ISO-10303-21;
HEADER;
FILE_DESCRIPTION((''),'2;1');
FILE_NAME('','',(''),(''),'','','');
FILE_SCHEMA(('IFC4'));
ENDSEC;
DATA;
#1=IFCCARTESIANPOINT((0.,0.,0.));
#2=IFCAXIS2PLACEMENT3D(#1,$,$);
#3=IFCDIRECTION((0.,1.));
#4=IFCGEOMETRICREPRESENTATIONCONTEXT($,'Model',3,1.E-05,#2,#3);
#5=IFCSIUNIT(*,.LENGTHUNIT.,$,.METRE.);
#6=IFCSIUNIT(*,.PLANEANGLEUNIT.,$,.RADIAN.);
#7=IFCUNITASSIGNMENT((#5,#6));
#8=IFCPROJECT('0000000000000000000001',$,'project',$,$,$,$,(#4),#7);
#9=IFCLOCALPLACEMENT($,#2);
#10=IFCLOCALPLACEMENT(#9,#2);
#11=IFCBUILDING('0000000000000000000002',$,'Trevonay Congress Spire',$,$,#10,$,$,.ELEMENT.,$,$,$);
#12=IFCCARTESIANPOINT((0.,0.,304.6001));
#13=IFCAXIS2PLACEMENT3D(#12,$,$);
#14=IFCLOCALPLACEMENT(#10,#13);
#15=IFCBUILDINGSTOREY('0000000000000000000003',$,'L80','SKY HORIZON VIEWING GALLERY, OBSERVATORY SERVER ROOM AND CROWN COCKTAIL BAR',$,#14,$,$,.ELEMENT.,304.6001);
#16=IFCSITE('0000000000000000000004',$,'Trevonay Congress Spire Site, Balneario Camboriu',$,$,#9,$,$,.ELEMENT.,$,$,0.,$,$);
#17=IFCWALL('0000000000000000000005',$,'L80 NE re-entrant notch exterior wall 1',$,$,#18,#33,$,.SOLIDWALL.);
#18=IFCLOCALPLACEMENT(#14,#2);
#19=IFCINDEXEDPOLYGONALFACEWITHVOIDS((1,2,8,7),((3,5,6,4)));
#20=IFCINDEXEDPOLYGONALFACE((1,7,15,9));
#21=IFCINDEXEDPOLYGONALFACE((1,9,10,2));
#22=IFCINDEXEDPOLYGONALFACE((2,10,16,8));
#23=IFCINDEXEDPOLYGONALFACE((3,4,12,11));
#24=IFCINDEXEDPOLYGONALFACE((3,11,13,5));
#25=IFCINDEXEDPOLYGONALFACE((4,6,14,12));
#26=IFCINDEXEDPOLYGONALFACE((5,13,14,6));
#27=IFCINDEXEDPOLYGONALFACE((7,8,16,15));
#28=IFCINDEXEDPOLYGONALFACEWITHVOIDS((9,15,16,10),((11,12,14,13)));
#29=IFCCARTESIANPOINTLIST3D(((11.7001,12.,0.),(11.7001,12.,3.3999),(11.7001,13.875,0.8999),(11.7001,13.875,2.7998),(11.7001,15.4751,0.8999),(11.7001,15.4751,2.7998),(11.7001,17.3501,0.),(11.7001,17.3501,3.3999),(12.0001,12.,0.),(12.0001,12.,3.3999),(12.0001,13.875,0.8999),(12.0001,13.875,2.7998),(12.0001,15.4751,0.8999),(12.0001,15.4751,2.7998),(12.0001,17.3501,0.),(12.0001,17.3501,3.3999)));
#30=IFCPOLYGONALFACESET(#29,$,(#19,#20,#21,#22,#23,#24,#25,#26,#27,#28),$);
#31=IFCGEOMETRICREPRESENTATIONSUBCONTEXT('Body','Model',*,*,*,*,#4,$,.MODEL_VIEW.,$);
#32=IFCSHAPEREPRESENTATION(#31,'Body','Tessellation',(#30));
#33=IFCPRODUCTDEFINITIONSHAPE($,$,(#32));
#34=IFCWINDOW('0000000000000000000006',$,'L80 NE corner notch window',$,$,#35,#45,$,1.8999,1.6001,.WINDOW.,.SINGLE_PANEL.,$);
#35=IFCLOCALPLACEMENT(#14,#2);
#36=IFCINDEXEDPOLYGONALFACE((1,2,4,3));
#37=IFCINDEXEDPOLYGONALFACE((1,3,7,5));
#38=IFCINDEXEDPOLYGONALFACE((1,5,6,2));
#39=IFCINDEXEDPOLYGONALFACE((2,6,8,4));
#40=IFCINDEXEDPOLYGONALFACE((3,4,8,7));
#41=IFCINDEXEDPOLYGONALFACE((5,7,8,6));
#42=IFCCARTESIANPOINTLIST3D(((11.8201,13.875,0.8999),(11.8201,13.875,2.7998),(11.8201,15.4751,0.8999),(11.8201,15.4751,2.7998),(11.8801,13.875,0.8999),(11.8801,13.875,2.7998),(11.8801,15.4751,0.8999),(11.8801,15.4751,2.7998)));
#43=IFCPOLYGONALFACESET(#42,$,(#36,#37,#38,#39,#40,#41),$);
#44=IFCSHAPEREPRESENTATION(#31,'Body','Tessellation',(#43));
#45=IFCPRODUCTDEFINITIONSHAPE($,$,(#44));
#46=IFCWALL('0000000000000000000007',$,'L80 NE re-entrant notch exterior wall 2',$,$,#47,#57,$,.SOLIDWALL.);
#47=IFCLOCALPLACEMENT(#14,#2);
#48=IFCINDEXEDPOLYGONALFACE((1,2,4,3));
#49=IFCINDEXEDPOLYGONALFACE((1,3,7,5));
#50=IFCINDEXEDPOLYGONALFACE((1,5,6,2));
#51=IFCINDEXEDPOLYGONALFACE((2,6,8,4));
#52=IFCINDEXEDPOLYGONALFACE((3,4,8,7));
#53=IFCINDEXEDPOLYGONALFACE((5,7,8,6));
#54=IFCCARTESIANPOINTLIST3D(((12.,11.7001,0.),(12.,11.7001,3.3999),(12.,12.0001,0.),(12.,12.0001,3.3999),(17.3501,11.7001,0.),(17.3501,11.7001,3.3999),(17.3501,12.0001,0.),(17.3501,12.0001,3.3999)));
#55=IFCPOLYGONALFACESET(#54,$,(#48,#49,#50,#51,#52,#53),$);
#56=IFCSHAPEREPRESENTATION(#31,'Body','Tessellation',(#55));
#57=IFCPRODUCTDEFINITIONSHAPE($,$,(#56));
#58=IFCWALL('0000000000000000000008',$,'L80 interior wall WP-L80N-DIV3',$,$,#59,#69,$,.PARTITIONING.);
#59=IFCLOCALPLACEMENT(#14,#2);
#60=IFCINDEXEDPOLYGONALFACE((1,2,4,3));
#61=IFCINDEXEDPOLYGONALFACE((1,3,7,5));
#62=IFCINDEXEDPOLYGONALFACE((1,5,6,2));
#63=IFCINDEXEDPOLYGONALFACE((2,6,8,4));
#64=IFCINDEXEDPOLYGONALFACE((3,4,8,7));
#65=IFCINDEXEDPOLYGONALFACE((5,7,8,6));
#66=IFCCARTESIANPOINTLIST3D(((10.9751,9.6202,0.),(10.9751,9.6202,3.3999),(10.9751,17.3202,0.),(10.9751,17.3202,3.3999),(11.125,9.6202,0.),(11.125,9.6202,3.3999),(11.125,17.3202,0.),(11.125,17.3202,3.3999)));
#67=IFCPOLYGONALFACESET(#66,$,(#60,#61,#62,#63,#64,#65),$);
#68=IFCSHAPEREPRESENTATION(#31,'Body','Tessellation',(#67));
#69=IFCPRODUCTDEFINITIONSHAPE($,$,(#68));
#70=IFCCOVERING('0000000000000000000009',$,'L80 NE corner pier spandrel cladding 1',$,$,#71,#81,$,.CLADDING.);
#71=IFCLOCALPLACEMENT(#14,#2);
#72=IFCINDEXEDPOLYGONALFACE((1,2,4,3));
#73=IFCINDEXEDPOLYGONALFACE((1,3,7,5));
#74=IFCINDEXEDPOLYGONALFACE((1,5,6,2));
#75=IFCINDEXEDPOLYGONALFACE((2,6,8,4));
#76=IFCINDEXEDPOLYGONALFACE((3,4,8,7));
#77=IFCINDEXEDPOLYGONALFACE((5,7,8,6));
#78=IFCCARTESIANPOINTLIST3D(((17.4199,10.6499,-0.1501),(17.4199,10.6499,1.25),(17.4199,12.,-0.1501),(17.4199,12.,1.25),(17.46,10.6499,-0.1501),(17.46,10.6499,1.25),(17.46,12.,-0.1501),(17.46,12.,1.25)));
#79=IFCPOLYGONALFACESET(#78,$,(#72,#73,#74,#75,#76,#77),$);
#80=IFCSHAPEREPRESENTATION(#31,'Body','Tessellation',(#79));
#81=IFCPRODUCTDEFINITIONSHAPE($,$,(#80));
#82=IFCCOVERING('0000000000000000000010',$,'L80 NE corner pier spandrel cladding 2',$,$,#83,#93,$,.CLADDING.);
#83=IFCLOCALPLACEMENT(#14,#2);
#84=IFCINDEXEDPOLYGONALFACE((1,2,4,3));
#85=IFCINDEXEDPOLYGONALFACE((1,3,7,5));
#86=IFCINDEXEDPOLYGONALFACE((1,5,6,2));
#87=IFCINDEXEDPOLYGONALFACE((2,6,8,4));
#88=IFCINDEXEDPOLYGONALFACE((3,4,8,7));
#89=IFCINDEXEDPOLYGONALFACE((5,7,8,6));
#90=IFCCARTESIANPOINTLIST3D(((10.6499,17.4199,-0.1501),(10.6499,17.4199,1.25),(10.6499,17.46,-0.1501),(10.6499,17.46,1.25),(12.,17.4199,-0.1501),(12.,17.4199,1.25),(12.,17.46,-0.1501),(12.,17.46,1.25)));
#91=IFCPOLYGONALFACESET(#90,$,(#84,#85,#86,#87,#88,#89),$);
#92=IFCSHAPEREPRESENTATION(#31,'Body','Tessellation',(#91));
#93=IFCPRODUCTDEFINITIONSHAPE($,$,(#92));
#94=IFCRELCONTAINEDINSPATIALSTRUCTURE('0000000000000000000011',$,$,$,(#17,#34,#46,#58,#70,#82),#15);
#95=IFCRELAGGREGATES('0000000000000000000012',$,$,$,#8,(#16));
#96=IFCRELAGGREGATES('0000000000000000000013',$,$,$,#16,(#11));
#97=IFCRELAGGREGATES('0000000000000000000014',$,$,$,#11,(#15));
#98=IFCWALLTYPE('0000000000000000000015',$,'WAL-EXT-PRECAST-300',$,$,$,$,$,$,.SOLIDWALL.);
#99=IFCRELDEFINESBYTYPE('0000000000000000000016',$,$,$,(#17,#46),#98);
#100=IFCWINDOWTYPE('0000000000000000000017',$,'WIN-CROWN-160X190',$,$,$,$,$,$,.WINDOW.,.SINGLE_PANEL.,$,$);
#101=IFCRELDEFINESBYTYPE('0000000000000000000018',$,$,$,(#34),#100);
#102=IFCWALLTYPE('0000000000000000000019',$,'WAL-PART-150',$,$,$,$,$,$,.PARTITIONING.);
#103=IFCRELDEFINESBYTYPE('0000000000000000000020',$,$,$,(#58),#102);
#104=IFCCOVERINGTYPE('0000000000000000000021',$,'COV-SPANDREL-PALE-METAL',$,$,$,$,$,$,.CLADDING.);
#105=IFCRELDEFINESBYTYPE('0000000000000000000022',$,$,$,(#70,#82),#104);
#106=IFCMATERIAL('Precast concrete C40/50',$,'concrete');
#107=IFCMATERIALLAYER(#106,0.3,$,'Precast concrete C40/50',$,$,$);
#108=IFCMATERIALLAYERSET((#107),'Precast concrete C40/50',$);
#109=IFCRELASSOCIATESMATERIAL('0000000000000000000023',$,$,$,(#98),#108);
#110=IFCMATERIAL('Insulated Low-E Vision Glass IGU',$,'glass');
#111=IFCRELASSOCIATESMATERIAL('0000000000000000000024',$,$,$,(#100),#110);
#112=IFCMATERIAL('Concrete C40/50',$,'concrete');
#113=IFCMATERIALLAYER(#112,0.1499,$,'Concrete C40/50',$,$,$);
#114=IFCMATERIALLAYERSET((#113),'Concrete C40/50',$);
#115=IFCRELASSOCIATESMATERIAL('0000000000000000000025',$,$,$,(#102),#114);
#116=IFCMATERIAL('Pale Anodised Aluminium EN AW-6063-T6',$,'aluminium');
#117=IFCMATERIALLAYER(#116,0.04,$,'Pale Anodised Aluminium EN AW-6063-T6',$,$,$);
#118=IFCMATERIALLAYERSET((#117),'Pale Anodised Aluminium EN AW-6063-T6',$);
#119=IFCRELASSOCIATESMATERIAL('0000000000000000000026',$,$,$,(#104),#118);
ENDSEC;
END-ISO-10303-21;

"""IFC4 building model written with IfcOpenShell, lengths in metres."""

from ifc_helpers import new_model, si_unit, direction, frame, frame_2d, origin, place, context, subcontext, project, spatial, rectangle, extrude, material, layer, layer_set, type_object, element, fill, save


model = new_model("IFC4")

# Units and contexts
model_context = context("Model", 3, precision=1e-05, world=origin(), true_north=direction((0.0, 1.0)))
body_context = subcontext(model_context, "Body", "Model", "MODEL_VIEW")
ifc_project = project(units=[si_unit("LENGTHUNIT", "METRE"), si_unit("PLANEANGLEUNIT", "RADIAN")], contexts=[model_context])

# Site, building, storey
site_placement = place(None, origin())
site = spatial("IfcSite", under=ifc_project, at=site_placement, Name="Trevonay Congress Spire Site, Balneario Camboriu", CompositionType="ELEMENT", RefElevation=0.0)
building_placement = place(site_placement, origin())
building = spatial("IfcBuilding", under=site, at=building_placement, Name="Trevonay Congress Spire", CompositionType="ELEMENT")
storey_placement = place(building_placement, frame((0.0, 0.0, 304.6001)))
storey = spatial("IfcBuildingStorey", under=building, at=storey_placement, Name="L80", Description="SKY HORIZON VIEWING GALLERY, OBSERVATORY SERVER ROOM AND CROWN COCKTAIL BAR", CompositionType="ELEMENT", Elevation=304.6001)

# Shared definitions
ifc_material_1 = material(Name="Pale Anodised Aluminium EN AW-6063-T6", Category="aluminium")

# Shared definitions
ifc_material_2 = material(Name="Insulated Low-E Vision Glass IGU", Category="glass")

# Wall, opening, window
ifc_material_3 = material(Name="Precast concrete C40/50", Category="concrete")
ifc_layer_1 = layer(ifc_material_3, 0.3, Name="Precast concrete C40/50")
ifc_layer_set_1 = layer_set([ifc_layer_1], Name="Precast concrete C40/50")
wall_type_1 = type_object("IfcWallType", Name="WAL-EXT-PRECAST-300", PredefinedType="SOLIDWALL", material=ifc_layer_set_1)
wall_1_placement = place(storey_placement, frame((11.8501, 17.3501, 0.0), z_axis=(0.0, 0.0, 1.0), x_axis=(0.0, -1.0, 0.0)))
wall_1 = element("IfcWall", 1, at=wall_1_placement, inside=storey, type_object=wall_type_1, Name="L80 NE re-entrant notch exterior wall 1", PredefinedType="SOLIDWALL", context=body_context, shape_type="SweptSolid", body=[
    extrude(rectangle(XDim=5.3501, YDim=0.3, at=frame_2d((2.675, 0.0))), origin(), (0.0, 0.0, 1.0), 3.3999),
])
opening_placement = place(wall_1_placement, frame((1.875, 0.0, 0.8999)))
opening = element("IfcOpeningElement", 2, at=opening_placement, cuts=wall_1, PredefinedType="OPENING", context=body_context, shape_type="SweptSolid", body=[
    extrude(rectangle(XDim=1.6001, YDim=1.8999, at=frame_2d((0.8, 0.95))), frame((0.0, 0.1602, 0.0), z_axis=(0.0, -1.0, 0.0), x_axis=(1.0, 0.0, 0.0)), (0.0, 0.0, 1.0), 0.3201),
])
window_type = type_object("IfcWindowType", Name="WIN-CROWN-160X190", PartitioningType="SINGLE_PANEL", PredefinedType="WINDOW", material=ifc_material_2)
window_placement = place(opening_placement, origin())
window = element("IfcWindow", 3, at=window_placement, inside=storey, type_object=window_type, Name="L80 NE corner notch window", OverallHeight=1.8999, OverallWidth=1.6001, PartitioningType="SINGLE_PANEL", PredefinedType="WINDOW", context=body_context, shape_type="SweptSolid", body=[
    extrude(rectangle(XDim=1.6001, YDim=1.8999, at=frame_2d((0.8, 0.95))), frame((0.0, 0.03, 0.0), z_axis=(0.0, -1.0, 0.0), x_axis=(1.0, 0.0, 0.0)), (0.0, 0.0, 1.0), 0.0601),
])
fill(opening, window)

# Walls
wall_2_placement = place(storey_placement, frame((17.3501, 11.8501, 0.0), z_axis=(0.0, 0.0, 1.0), x_axis=(-1.0, 0.0, 0.0)))
element("IfcWall", 4, at=wall_2_placement, inside=storey, type_object=wall_type_1, Name="L80 NE re-entrant notch exterior wall 2", PredefinedType="SOLIDWALL", context=body_context, shape_type="SweptSolid", body=[
    extrude(rectangle(XDim=5.3501, YDim=0.3, at=frame_2d((2.675, 0.0))), origin(), (0.0, 0.0, 1.0), 3.3999),
])
ifc_material_4 = material(Name="Concrete C40/50", Category="concrete")
ifc_layer_2 = layer(ifc_material_4, 0.1499, Name="Concrete C40/50")
ifc_layer_set_2 = layer_set([ifc_layer_2], Name="Concrete C40/50")
wall_type_2 = type_object("IfcWallType", Name="WAL-PART-150", PredefinedType="PARTITIONING", material=ifc_layer_set_2)
wall_3_placement = place(storey_placement, frame((11.05, 9.6201, 0.0), z_axis=(0.0, 0.0, 1.0), x_axis=(0.0, 1.0, 0.0)))
element("IfcWall", 5, at=wall_3_placement, inside=storey, type_object=wall_type_2, Name="L80 interior wall WP-L80N-DIV3", PredefinedType="PARTITIONING", context=body_context, shape_type="SweptSolid", body=[
    extrude(rectangle(XDim=7.7, YDim=0.1499, at=frame_2d((3.8501, 0.0))), origin(), (0.0, 0.0, 1.0), 3.3999),
])

# Coverings
ifc_layer_3 = layer(ifc_material_1, 0.04, Name="Pale Anodised Aluminium EN AW-6063-T6")
ifc_layer_set_3 = layer_set([ifc_layer_3], Name="Pale Anodised Aluminium EN AW-6063-T6")
covering_type = type_object("IfcCoveringType", Name="COV-SPANDREL-PALE-METAL", PredefinedType="CLADDING", material=ifc_layer_set_3)
for number, where, z_axis, x_axis, name in (
    (6, (17.4399, 10.6499, -0.1501), (0.0, 0.0, 1.0), (0.0, 1.0, 0.0), "L80 NE corner pier spandrel cladding 1"),
    (7, (10.6499, 17.4399, -0.1501), (0.0, 0.0, 1.0), (1.0, 0.0, 0.0), "L80 NE corner pier spandrel cladding 2"),
):
    element("IfcCovering", number, at=place(storey_placement, frame(where, z_axis=z_axis, x_axis=x_axis)), inside=storey, type_object=covering_type, Name=name, PredefinedType="CLADDING", context=body_context, shape_type="SweptSolid", body=[
        extrude(rectangle(XDim=1.3501, YDim=0.04, at=frame_2d((0.675, 0.0))), origin(), (0.0, 0.0, 1.0), 1.4001),
    ])

save(model, "model.ifc")
